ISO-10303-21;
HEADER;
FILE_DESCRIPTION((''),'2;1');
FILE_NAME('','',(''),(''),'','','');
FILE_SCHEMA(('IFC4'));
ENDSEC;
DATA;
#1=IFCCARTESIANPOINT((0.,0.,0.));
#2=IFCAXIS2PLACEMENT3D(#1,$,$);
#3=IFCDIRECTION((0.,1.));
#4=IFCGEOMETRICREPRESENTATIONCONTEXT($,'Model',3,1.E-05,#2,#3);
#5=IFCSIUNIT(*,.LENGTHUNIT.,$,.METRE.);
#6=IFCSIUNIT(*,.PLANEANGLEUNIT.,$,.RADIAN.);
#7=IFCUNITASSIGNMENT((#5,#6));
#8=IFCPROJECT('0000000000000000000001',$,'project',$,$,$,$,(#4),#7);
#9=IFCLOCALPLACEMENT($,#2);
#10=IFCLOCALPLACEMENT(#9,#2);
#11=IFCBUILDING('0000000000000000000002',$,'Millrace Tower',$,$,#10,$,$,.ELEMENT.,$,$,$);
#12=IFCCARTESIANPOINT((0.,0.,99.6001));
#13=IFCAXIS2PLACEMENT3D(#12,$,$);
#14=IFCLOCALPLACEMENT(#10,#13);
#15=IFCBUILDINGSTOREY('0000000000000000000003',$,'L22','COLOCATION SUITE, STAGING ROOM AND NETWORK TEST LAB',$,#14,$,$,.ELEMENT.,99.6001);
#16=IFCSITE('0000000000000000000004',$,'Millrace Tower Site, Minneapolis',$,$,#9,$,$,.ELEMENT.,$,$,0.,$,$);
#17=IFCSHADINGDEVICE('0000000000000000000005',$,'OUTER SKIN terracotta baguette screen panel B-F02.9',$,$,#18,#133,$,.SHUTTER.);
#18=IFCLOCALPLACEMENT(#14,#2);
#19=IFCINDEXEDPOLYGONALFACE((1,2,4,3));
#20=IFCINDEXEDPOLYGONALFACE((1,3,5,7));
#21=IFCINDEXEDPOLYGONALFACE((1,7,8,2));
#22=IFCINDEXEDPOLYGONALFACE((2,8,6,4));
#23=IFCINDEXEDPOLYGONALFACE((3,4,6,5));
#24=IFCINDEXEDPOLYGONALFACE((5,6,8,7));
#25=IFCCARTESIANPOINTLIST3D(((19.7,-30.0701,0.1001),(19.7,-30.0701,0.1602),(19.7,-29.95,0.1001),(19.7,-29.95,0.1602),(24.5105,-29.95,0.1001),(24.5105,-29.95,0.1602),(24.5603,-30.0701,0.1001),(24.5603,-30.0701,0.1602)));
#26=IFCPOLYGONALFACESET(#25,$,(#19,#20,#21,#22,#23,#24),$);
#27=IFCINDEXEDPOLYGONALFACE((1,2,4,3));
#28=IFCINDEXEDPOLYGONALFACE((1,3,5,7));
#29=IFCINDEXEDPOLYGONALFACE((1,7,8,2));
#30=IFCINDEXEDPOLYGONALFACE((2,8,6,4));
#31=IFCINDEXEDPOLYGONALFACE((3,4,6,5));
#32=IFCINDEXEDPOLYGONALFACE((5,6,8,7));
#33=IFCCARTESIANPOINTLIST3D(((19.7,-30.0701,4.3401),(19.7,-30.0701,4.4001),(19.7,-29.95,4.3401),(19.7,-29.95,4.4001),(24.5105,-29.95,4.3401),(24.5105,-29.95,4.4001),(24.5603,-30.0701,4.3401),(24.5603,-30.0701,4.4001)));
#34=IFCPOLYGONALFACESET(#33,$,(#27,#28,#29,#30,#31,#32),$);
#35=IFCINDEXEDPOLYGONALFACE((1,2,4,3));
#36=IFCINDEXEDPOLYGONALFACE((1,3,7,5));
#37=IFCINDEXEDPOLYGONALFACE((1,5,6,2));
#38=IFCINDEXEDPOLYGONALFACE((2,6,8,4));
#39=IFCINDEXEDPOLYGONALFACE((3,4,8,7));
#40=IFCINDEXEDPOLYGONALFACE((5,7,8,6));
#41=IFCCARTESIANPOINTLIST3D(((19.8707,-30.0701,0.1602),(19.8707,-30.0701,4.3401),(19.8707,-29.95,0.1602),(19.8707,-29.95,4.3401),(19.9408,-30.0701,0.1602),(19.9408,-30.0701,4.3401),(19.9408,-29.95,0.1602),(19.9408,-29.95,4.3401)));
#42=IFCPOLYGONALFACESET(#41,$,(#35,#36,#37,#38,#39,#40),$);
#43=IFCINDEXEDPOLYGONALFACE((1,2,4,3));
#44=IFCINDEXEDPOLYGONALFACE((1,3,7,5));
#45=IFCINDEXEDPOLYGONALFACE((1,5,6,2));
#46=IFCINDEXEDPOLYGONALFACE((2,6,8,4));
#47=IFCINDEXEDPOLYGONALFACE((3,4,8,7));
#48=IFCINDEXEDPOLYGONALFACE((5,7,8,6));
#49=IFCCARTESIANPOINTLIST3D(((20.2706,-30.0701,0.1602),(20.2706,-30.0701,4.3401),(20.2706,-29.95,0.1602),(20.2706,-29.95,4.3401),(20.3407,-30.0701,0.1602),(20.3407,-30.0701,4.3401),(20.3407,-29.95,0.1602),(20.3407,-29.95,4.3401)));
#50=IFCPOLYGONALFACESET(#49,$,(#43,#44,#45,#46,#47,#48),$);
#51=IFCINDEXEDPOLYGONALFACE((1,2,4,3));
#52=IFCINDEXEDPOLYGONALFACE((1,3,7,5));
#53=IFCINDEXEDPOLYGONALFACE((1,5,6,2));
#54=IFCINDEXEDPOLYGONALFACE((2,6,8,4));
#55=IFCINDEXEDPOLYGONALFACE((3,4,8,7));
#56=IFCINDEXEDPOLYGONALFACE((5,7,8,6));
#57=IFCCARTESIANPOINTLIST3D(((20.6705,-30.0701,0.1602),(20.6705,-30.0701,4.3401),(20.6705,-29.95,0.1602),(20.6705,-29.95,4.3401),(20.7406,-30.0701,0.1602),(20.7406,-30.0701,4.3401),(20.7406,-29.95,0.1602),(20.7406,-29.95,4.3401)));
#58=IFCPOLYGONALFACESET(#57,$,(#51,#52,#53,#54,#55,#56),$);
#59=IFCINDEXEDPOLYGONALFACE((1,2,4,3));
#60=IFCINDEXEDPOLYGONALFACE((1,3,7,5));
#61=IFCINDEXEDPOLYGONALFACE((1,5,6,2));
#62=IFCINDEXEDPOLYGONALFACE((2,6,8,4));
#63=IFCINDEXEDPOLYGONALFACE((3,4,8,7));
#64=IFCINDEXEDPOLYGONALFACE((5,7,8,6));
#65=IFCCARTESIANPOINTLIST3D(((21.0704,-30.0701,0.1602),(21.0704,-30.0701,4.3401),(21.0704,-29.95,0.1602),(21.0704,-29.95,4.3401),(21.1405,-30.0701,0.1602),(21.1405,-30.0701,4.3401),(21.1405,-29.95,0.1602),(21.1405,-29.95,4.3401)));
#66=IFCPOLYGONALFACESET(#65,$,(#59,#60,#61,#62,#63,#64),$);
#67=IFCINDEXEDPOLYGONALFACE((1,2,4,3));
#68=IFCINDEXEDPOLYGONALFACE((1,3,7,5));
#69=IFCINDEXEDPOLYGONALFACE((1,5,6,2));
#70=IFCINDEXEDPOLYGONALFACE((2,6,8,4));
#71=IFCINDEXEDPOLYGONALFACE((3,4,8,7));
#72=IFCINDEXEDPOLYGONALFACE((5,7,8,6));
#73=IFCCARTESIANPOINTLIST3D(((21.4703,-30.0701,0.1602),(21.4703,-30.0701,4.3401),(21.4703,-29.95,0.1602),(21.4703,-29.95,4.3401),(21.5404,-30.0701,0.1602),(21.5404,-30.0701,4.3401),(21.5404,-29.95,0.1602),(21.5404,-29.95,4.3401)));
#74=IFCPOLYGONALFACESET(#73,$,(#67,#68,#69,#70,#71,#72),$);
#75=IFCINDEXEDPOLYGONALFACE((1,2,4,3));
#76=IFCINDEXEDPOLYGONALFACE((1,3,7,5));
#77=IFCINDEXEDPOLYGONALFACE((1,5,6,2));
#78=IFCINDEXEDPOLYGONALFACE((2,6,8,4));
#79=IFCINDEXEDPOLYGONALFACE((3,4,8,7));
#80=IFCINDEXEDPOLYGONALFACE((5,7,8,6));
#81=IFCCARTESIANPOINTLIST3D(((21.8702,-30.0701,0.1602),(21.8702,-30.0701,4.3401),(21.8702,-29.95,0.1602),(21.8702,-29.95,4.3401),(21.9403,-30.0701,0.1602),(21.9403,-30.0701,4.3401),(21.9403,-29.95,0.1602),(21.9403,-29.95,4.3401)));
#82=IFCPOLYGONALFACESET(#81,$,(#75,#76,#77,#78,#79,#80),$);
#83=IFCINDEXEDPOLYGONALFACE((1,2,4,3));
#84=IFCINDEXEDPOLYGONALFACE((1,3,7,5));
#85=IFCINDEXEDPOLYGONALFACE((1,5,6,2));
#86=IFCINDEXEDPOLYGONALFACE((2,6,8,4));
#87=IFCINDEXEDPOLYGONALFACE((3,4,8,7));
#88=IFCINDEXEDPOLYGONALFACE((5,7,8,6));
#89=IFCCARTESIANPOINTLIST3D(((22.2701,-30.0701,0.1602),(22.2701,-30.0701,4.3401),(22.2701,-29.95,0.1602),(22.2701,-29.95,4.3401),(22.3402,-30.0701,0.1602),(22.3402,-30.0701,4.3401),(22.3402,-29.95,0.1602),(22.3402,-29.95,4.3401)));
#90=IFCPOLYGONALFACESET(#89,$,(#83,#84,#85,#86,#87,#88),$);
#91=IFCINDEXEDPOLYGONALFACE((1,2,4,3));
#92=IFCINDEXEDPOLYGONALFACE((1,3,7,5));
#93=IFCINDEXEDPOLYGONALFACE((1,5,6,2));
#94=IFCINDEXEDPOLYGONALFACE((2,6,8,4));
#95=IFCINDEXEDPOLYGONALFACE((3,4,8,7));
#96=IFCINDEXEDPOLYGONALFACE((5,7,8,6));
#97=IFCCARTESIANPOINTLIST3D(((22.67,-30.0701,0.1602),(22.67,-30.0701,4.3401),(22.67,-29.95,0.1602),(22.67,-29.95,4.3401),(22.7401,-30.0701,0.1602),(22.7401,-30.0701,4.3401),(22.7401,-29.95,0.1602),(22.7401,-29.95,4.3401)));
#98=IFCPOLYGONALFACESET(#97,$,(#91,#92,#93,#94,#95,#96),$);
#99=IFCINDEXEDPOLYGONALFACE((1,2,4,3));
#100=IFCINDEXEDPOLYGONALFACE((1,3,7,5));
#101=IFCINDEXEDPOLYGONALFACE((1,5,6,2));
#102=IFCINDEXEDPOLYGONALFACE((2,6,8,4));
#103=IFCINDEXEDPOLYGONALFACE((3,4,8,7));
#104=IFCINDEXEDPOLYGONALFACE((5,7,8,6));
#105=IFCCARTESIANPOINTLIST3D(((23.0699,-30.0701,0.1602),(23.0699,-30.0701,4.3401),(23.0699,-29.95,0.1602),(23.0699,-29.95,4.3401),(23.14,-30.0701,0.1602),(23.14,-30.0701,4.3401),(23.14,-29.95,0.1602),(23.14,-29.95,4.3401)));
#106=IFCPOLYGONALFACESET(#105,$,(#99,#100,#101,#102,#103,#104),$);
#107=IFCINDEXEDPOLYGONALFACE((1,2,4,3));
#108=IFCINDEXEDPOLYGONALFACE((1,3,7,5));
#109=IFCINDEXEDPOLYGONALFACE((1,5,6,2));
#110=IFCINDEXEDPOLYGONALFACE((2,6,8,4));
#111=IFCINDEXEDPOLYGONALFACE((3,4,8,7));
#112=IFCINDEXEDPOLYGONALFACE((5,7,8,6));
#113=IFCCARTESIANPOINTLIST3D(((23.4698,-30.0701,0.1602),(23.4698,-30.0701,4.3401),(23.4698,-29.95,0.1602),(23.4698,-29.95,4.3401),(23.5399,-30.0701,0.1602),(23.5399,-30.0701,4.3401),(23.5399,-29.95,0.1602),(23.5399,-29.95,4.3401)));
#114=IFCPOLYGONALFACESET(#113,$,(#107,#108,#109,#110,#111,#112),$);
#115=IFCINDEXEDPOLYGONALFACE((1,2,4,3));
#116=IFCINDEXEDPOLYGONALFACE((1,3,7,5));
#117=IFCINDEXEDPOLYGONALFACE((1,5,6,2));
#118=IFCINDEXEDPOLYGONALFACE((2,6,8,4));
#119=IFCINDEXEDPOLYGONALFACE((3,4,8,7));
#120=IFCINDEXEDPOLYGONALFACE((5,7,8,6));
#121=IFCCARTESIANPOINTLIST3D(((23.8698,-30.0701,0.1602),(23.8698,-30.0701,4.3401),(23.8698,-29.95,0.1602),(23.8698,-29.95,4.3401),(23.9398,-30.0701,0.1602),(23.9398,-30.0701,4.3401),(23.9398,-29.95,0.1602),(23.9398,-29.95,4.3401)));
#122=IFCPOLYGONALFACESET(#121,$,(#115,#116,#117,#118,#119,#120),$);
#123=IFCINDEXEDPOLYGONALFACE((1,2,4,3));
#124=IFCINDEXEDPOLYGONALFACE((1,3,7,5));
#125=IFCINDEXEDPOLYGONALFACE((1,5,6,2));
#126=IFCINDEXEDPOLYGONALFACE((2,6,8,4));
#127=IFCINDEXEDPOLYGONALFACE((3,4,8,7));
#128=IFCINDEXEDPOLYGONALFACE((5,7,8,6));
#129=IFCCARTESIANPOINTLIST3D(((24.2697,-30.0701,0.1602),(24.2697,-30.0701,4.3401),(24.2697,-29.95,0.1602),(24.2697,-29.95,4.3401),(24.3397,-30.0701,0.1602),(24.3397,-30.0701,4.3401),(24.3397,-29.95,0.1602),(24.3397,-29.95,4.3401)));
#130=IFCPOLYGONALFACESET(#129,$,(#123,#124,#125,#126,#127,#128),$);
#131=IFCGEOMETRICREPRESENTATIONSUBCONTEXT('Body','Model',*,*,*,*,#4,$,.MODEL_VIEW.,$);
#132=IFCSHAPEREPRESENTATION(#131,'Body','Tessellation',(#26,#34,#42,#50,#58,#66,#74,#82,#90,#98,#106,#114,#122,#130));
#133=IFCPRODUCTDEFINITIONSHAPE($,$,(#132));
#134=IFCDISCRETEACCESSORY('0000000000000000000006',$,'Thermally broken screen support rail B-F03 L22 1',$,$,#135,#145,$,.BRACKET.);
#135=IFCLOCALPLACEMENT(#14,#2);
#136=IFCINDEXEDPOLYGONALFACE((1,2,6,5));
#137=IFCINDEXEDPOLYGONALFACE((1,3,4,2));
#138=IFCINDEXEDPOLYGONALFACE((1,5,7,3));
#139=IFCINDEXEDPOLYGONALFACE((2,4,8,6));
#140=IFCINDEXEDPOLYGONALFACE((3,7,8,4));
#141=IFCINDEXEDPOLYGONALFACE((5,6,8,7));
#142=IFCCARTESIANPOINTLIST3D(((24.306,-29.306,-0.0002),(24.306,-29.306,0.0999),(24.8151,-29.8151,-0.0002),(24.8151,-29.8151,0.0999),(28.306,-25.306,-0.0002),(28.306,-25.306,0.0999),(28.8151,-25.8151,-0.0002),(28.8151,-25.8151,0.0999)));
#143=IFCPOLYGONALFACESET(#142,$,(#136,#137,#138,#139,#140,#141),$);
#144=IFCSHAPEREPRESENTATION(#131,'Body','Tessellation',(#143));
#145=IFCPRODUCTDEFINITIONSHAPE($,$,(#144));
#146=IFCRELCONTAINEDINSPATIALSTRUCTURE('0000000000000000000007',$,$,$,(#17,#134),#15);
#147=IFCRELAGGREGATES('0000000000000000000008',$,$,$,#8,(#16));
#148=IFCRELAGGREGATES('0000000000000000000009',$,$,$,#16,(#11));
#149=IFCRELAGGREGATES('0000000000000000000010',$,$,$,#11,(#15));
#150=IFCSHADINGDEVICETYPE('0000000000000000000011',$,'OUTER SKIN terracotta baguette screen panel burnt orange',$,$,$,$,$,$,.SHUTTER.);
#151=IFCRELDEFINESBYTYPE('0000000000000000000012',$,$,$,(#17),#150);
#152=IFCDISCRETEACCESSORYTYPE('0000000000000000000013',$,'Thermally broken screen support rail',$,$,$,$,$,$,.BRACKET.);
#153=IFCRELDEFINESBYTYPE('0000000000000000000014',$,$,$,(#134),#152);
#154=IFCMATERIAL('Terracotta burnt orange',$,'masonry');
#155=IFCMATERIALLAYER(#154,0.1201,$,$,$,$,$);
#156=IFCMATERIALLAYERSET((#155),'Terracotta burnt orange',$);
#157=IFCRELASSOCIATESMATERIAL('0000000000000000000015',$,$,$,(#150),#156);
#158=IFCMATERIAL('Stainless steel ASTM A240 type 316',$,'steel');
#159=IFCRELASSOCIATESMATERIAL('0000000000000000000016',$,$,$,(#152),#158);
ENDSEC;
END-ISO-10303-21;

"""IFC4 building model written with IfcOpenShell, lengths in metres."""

from ifc_helpers import new_model, entity, si_unit, direction, frame, frame_2d, origin, origin_2d, place, context, subcontext, project, spatial, rectangle, extrude, source, transform, mapped, material, layer, layer_set, type_object, element, save


model = new_model("IFC4")

# Units and contexts
model_context = context("Model", 3, precision=1e-05, world=origin(), true_north=direction((0.0, 1.0)))
body_context = subcontext(model_context, "Body", "Model", "MODEL_VIEW")
ifc_project = project(units=[si_unit("LENGTHUNIT", "METRE"), si_unit("PLANEANGLEUNIT", "RADIAN")], contexts=[model_context])

# Site, building, storey
site_placement = place(None, origin())
site = spatial("IfcSite", under=ifc_project, at=site_placement, Name="Millrace Tower Site, Minneapolis", CompositionType="ELEMENT", RefElevation=0.0)
building_placement = place(site_placement, origin())
building = spatial("IfcBuilding", under=site, at=building_placement, Name="Millrace Tower", CompositionType="ELEMENT")
storey_placement = place(building_placement, frame((0.0, 0.0, 99.6001)))
storey = spatial("IfcBuildingStorey", under=building, at=storey_placement, Name="L22", Description="COLOCATION SUITE, STAGING ROOM AND NETWORK TEST LAB", CompositionType="ELEMENT", Elevation=99.6001)

# Shading device
ifc_material_1 = material(Name="Terracotta burnt orange", Category="masonry")
ifc_layer_1 = layer(ifc_material_1, 0.1201)
ifc_layer_set_1 = layer_set([ifc_layer_1], Name="Terracotta burnt orange")
shading_device_type = type_object("IfcShadingDeviceType", Name="OUTER SKIN terracotta baguette screen panel burnt orange", PredefinedType="SHUTTER", material=ifc_layer_set_1)
cartesian_point_1 = entity("IfcCartesianPoint", [-2.4177, 0.0601])
shared_polyline_1 = entity("IfcPolyline", [cartesian_point_1, entity("IfcCartesianPoint", [2.3928, 0.0601]), entity("IfcCartesianPoint", [2.4426, -0.0601]), entity("IfcCartesianPoint", [-2.4177, -0.0601]), cartesian_point_1])
shared_shape_1 = source(origin(), body_context, "Body", "SweptSolid", [
    entity("IfcExtrudedAreaSolid", entity("IfcArbitraryClosedProfileDef", "AREA", None, shared_polyline_1), entity("IfcAxis2Placement3D", entity("IfcCartesianPoint", [0.0, 0.0, 0.0])), entity("IfcDirection", [0.0, 0.0, 1.0]), 0.0601),
    entity("IfcExtrudedAreaSolid", entity("IfcArbitraryClosedProfileDef", "AREA", None, shared_polyline_1), entity("IfcAxis2Placement3D", entity("IfcCartesianPoint", [0.0, 0.0, 4.24])), entity("IfcDirection", [0.0, 0.0, 1.0]), 0.0601),
    extrude(rectangle(XDim=0.0701, YDim=0.1201, at=frame_2d((-2.2119, 0.0))), frame((0.0, 0.0, 0.0601)), (0.0, 0.0, 1.0), 4.1799),
    extrude(rectangle(XDim=0.0701, YDim=0.1201, at=frame_2d((-1.812, 0.0))), frame((0.0, 0.0, 0.0601)), (0.0, 0.0, 1.0), 4.1799),
    extrude(rectangle(XDim=0.0701, YDim=0.1201, at=frame_2d((-1.4121, 0.0))), frame((0.0, 0.0, 0.0601)), (0.0, 0.0, 1.0), 4.1799),
    extrude(rectangle(XDim=0.0701, YDim=0.1201, at=frame_2d((-1.0122, 0.0))), frame((0.0, 0.0, 0.0601)), (0.0, 0.0, 1.0), 4.1799),
    extrude(rectangle(XDim=0.0701, YDim=0.1201, at=frame_2d((-0.6123, 0.0))), frame((0.0, 0.0, 0.0601)), (0.0, 0.0, 1.0), 4.1799),
    extrude(rectangle(XDim=0.0701, YDim=0.1201, at=frame_2d((-0.2124, 0.0))), frame((0.0, 0.0, 0.0601)), (0.0, 0.0, 1.0), 4.1799),
    extrude(rectangle(XDim=0.0701, YDim=0.1201, at=frame_2d((0.1875, 0.0))), frame((0.0, 0.0, 0.0601)), (0.0, 0.0, 1.0), 4.1799),
    extrude(rectangle(XDim=0.0701, YDim=0.1201, at=frame_2d((0.5874, 0.0))), frame((0.0, 0.0, 0.0601)), (0.0, 0.0, 1.0), 4.1799),
    extrude(rectangle(XDim=0.0701, YDim=0.1201, at=frame_2d((0.9873, 0.0))), frame((0.0, 0.0, 0.0601)), (0.0, 0.0, 1.0), 4.1799),
    extrude(rectangle(XDim=0.0701, YDim=0.1201, at=frame_2d((1.3872, 0.0))), frame((0.0, 0.0, 0.0601)), (0.0, 0.0, 1.0), 4.1799),
    extrude(rectangle(XDim=0.0701, YDim=0.1201, at=frame_2d((1.7871, 0.0))), frame((0.0, 0.0, 0.0601)), (0.0, 0.0, 1.0), 4.1799),
    extrude(rectangle(XDim=0.0701, YDim=0.1201, at=frame_2d((2.187, 0.0))), frame((0.0, 0.0, 0.0601)), (0.0, 0.0, 1.0), 4.1799),
])
shading_device_1_placement = place(storey_placement, frame((22.1177, -30.01, 0.1001), z_axis=(0.0, 0.0, 1.0), x_axis=(1.0, 0.0, 0.0)))
element("IfcShadingDevice", 1, at=shading_device_1_placement, inside=storey, type_object=shading_device_type, Name="OUTER SKIN terracotta baguette screen panel B-F02.9", PredefinedType="SHUTTER", context=body_context, shape_type="MappedRepresentation", body=[
    mapped(shared_shape_1, transform((0.0, 0.0, 0.0), scale=1.0)),
])

# Discrete accessory
ifc_material_2 = material(Name="Stainless steel ASTM A240 type 316", Category="steel")
discrete_accessory_type = type_object("IfcDiscreteAccessoryType", Name="Thermally broken screen support rail", PredefinedType="BRACKET", material=ifc_material_2)
discrete_accessory_placement = place(storey_placement, frame((26.5605, -27.5605, -0.0002), z_axis=(0.0, 0.0, 1.0), x_axis=(0.707107, 0.707107, 0.0)))
element("IfcDiscreteAccessory", 2, at=discrete_accessory_placement, inside=storey, type_object=discrete_accessory_type, Name="Thermally broken screen support rail B-F03 L22 1", PredefinedType="BRACKET", context=body_context, shape_type="SweptSolid", body=[
    extrude(rectangle(XDim=5.6567, YDim=0.72, at=origin_2d()), origin(), (0.0, 0.0, 1.0), 0.1001),
])

save(model, "model.ifc")
